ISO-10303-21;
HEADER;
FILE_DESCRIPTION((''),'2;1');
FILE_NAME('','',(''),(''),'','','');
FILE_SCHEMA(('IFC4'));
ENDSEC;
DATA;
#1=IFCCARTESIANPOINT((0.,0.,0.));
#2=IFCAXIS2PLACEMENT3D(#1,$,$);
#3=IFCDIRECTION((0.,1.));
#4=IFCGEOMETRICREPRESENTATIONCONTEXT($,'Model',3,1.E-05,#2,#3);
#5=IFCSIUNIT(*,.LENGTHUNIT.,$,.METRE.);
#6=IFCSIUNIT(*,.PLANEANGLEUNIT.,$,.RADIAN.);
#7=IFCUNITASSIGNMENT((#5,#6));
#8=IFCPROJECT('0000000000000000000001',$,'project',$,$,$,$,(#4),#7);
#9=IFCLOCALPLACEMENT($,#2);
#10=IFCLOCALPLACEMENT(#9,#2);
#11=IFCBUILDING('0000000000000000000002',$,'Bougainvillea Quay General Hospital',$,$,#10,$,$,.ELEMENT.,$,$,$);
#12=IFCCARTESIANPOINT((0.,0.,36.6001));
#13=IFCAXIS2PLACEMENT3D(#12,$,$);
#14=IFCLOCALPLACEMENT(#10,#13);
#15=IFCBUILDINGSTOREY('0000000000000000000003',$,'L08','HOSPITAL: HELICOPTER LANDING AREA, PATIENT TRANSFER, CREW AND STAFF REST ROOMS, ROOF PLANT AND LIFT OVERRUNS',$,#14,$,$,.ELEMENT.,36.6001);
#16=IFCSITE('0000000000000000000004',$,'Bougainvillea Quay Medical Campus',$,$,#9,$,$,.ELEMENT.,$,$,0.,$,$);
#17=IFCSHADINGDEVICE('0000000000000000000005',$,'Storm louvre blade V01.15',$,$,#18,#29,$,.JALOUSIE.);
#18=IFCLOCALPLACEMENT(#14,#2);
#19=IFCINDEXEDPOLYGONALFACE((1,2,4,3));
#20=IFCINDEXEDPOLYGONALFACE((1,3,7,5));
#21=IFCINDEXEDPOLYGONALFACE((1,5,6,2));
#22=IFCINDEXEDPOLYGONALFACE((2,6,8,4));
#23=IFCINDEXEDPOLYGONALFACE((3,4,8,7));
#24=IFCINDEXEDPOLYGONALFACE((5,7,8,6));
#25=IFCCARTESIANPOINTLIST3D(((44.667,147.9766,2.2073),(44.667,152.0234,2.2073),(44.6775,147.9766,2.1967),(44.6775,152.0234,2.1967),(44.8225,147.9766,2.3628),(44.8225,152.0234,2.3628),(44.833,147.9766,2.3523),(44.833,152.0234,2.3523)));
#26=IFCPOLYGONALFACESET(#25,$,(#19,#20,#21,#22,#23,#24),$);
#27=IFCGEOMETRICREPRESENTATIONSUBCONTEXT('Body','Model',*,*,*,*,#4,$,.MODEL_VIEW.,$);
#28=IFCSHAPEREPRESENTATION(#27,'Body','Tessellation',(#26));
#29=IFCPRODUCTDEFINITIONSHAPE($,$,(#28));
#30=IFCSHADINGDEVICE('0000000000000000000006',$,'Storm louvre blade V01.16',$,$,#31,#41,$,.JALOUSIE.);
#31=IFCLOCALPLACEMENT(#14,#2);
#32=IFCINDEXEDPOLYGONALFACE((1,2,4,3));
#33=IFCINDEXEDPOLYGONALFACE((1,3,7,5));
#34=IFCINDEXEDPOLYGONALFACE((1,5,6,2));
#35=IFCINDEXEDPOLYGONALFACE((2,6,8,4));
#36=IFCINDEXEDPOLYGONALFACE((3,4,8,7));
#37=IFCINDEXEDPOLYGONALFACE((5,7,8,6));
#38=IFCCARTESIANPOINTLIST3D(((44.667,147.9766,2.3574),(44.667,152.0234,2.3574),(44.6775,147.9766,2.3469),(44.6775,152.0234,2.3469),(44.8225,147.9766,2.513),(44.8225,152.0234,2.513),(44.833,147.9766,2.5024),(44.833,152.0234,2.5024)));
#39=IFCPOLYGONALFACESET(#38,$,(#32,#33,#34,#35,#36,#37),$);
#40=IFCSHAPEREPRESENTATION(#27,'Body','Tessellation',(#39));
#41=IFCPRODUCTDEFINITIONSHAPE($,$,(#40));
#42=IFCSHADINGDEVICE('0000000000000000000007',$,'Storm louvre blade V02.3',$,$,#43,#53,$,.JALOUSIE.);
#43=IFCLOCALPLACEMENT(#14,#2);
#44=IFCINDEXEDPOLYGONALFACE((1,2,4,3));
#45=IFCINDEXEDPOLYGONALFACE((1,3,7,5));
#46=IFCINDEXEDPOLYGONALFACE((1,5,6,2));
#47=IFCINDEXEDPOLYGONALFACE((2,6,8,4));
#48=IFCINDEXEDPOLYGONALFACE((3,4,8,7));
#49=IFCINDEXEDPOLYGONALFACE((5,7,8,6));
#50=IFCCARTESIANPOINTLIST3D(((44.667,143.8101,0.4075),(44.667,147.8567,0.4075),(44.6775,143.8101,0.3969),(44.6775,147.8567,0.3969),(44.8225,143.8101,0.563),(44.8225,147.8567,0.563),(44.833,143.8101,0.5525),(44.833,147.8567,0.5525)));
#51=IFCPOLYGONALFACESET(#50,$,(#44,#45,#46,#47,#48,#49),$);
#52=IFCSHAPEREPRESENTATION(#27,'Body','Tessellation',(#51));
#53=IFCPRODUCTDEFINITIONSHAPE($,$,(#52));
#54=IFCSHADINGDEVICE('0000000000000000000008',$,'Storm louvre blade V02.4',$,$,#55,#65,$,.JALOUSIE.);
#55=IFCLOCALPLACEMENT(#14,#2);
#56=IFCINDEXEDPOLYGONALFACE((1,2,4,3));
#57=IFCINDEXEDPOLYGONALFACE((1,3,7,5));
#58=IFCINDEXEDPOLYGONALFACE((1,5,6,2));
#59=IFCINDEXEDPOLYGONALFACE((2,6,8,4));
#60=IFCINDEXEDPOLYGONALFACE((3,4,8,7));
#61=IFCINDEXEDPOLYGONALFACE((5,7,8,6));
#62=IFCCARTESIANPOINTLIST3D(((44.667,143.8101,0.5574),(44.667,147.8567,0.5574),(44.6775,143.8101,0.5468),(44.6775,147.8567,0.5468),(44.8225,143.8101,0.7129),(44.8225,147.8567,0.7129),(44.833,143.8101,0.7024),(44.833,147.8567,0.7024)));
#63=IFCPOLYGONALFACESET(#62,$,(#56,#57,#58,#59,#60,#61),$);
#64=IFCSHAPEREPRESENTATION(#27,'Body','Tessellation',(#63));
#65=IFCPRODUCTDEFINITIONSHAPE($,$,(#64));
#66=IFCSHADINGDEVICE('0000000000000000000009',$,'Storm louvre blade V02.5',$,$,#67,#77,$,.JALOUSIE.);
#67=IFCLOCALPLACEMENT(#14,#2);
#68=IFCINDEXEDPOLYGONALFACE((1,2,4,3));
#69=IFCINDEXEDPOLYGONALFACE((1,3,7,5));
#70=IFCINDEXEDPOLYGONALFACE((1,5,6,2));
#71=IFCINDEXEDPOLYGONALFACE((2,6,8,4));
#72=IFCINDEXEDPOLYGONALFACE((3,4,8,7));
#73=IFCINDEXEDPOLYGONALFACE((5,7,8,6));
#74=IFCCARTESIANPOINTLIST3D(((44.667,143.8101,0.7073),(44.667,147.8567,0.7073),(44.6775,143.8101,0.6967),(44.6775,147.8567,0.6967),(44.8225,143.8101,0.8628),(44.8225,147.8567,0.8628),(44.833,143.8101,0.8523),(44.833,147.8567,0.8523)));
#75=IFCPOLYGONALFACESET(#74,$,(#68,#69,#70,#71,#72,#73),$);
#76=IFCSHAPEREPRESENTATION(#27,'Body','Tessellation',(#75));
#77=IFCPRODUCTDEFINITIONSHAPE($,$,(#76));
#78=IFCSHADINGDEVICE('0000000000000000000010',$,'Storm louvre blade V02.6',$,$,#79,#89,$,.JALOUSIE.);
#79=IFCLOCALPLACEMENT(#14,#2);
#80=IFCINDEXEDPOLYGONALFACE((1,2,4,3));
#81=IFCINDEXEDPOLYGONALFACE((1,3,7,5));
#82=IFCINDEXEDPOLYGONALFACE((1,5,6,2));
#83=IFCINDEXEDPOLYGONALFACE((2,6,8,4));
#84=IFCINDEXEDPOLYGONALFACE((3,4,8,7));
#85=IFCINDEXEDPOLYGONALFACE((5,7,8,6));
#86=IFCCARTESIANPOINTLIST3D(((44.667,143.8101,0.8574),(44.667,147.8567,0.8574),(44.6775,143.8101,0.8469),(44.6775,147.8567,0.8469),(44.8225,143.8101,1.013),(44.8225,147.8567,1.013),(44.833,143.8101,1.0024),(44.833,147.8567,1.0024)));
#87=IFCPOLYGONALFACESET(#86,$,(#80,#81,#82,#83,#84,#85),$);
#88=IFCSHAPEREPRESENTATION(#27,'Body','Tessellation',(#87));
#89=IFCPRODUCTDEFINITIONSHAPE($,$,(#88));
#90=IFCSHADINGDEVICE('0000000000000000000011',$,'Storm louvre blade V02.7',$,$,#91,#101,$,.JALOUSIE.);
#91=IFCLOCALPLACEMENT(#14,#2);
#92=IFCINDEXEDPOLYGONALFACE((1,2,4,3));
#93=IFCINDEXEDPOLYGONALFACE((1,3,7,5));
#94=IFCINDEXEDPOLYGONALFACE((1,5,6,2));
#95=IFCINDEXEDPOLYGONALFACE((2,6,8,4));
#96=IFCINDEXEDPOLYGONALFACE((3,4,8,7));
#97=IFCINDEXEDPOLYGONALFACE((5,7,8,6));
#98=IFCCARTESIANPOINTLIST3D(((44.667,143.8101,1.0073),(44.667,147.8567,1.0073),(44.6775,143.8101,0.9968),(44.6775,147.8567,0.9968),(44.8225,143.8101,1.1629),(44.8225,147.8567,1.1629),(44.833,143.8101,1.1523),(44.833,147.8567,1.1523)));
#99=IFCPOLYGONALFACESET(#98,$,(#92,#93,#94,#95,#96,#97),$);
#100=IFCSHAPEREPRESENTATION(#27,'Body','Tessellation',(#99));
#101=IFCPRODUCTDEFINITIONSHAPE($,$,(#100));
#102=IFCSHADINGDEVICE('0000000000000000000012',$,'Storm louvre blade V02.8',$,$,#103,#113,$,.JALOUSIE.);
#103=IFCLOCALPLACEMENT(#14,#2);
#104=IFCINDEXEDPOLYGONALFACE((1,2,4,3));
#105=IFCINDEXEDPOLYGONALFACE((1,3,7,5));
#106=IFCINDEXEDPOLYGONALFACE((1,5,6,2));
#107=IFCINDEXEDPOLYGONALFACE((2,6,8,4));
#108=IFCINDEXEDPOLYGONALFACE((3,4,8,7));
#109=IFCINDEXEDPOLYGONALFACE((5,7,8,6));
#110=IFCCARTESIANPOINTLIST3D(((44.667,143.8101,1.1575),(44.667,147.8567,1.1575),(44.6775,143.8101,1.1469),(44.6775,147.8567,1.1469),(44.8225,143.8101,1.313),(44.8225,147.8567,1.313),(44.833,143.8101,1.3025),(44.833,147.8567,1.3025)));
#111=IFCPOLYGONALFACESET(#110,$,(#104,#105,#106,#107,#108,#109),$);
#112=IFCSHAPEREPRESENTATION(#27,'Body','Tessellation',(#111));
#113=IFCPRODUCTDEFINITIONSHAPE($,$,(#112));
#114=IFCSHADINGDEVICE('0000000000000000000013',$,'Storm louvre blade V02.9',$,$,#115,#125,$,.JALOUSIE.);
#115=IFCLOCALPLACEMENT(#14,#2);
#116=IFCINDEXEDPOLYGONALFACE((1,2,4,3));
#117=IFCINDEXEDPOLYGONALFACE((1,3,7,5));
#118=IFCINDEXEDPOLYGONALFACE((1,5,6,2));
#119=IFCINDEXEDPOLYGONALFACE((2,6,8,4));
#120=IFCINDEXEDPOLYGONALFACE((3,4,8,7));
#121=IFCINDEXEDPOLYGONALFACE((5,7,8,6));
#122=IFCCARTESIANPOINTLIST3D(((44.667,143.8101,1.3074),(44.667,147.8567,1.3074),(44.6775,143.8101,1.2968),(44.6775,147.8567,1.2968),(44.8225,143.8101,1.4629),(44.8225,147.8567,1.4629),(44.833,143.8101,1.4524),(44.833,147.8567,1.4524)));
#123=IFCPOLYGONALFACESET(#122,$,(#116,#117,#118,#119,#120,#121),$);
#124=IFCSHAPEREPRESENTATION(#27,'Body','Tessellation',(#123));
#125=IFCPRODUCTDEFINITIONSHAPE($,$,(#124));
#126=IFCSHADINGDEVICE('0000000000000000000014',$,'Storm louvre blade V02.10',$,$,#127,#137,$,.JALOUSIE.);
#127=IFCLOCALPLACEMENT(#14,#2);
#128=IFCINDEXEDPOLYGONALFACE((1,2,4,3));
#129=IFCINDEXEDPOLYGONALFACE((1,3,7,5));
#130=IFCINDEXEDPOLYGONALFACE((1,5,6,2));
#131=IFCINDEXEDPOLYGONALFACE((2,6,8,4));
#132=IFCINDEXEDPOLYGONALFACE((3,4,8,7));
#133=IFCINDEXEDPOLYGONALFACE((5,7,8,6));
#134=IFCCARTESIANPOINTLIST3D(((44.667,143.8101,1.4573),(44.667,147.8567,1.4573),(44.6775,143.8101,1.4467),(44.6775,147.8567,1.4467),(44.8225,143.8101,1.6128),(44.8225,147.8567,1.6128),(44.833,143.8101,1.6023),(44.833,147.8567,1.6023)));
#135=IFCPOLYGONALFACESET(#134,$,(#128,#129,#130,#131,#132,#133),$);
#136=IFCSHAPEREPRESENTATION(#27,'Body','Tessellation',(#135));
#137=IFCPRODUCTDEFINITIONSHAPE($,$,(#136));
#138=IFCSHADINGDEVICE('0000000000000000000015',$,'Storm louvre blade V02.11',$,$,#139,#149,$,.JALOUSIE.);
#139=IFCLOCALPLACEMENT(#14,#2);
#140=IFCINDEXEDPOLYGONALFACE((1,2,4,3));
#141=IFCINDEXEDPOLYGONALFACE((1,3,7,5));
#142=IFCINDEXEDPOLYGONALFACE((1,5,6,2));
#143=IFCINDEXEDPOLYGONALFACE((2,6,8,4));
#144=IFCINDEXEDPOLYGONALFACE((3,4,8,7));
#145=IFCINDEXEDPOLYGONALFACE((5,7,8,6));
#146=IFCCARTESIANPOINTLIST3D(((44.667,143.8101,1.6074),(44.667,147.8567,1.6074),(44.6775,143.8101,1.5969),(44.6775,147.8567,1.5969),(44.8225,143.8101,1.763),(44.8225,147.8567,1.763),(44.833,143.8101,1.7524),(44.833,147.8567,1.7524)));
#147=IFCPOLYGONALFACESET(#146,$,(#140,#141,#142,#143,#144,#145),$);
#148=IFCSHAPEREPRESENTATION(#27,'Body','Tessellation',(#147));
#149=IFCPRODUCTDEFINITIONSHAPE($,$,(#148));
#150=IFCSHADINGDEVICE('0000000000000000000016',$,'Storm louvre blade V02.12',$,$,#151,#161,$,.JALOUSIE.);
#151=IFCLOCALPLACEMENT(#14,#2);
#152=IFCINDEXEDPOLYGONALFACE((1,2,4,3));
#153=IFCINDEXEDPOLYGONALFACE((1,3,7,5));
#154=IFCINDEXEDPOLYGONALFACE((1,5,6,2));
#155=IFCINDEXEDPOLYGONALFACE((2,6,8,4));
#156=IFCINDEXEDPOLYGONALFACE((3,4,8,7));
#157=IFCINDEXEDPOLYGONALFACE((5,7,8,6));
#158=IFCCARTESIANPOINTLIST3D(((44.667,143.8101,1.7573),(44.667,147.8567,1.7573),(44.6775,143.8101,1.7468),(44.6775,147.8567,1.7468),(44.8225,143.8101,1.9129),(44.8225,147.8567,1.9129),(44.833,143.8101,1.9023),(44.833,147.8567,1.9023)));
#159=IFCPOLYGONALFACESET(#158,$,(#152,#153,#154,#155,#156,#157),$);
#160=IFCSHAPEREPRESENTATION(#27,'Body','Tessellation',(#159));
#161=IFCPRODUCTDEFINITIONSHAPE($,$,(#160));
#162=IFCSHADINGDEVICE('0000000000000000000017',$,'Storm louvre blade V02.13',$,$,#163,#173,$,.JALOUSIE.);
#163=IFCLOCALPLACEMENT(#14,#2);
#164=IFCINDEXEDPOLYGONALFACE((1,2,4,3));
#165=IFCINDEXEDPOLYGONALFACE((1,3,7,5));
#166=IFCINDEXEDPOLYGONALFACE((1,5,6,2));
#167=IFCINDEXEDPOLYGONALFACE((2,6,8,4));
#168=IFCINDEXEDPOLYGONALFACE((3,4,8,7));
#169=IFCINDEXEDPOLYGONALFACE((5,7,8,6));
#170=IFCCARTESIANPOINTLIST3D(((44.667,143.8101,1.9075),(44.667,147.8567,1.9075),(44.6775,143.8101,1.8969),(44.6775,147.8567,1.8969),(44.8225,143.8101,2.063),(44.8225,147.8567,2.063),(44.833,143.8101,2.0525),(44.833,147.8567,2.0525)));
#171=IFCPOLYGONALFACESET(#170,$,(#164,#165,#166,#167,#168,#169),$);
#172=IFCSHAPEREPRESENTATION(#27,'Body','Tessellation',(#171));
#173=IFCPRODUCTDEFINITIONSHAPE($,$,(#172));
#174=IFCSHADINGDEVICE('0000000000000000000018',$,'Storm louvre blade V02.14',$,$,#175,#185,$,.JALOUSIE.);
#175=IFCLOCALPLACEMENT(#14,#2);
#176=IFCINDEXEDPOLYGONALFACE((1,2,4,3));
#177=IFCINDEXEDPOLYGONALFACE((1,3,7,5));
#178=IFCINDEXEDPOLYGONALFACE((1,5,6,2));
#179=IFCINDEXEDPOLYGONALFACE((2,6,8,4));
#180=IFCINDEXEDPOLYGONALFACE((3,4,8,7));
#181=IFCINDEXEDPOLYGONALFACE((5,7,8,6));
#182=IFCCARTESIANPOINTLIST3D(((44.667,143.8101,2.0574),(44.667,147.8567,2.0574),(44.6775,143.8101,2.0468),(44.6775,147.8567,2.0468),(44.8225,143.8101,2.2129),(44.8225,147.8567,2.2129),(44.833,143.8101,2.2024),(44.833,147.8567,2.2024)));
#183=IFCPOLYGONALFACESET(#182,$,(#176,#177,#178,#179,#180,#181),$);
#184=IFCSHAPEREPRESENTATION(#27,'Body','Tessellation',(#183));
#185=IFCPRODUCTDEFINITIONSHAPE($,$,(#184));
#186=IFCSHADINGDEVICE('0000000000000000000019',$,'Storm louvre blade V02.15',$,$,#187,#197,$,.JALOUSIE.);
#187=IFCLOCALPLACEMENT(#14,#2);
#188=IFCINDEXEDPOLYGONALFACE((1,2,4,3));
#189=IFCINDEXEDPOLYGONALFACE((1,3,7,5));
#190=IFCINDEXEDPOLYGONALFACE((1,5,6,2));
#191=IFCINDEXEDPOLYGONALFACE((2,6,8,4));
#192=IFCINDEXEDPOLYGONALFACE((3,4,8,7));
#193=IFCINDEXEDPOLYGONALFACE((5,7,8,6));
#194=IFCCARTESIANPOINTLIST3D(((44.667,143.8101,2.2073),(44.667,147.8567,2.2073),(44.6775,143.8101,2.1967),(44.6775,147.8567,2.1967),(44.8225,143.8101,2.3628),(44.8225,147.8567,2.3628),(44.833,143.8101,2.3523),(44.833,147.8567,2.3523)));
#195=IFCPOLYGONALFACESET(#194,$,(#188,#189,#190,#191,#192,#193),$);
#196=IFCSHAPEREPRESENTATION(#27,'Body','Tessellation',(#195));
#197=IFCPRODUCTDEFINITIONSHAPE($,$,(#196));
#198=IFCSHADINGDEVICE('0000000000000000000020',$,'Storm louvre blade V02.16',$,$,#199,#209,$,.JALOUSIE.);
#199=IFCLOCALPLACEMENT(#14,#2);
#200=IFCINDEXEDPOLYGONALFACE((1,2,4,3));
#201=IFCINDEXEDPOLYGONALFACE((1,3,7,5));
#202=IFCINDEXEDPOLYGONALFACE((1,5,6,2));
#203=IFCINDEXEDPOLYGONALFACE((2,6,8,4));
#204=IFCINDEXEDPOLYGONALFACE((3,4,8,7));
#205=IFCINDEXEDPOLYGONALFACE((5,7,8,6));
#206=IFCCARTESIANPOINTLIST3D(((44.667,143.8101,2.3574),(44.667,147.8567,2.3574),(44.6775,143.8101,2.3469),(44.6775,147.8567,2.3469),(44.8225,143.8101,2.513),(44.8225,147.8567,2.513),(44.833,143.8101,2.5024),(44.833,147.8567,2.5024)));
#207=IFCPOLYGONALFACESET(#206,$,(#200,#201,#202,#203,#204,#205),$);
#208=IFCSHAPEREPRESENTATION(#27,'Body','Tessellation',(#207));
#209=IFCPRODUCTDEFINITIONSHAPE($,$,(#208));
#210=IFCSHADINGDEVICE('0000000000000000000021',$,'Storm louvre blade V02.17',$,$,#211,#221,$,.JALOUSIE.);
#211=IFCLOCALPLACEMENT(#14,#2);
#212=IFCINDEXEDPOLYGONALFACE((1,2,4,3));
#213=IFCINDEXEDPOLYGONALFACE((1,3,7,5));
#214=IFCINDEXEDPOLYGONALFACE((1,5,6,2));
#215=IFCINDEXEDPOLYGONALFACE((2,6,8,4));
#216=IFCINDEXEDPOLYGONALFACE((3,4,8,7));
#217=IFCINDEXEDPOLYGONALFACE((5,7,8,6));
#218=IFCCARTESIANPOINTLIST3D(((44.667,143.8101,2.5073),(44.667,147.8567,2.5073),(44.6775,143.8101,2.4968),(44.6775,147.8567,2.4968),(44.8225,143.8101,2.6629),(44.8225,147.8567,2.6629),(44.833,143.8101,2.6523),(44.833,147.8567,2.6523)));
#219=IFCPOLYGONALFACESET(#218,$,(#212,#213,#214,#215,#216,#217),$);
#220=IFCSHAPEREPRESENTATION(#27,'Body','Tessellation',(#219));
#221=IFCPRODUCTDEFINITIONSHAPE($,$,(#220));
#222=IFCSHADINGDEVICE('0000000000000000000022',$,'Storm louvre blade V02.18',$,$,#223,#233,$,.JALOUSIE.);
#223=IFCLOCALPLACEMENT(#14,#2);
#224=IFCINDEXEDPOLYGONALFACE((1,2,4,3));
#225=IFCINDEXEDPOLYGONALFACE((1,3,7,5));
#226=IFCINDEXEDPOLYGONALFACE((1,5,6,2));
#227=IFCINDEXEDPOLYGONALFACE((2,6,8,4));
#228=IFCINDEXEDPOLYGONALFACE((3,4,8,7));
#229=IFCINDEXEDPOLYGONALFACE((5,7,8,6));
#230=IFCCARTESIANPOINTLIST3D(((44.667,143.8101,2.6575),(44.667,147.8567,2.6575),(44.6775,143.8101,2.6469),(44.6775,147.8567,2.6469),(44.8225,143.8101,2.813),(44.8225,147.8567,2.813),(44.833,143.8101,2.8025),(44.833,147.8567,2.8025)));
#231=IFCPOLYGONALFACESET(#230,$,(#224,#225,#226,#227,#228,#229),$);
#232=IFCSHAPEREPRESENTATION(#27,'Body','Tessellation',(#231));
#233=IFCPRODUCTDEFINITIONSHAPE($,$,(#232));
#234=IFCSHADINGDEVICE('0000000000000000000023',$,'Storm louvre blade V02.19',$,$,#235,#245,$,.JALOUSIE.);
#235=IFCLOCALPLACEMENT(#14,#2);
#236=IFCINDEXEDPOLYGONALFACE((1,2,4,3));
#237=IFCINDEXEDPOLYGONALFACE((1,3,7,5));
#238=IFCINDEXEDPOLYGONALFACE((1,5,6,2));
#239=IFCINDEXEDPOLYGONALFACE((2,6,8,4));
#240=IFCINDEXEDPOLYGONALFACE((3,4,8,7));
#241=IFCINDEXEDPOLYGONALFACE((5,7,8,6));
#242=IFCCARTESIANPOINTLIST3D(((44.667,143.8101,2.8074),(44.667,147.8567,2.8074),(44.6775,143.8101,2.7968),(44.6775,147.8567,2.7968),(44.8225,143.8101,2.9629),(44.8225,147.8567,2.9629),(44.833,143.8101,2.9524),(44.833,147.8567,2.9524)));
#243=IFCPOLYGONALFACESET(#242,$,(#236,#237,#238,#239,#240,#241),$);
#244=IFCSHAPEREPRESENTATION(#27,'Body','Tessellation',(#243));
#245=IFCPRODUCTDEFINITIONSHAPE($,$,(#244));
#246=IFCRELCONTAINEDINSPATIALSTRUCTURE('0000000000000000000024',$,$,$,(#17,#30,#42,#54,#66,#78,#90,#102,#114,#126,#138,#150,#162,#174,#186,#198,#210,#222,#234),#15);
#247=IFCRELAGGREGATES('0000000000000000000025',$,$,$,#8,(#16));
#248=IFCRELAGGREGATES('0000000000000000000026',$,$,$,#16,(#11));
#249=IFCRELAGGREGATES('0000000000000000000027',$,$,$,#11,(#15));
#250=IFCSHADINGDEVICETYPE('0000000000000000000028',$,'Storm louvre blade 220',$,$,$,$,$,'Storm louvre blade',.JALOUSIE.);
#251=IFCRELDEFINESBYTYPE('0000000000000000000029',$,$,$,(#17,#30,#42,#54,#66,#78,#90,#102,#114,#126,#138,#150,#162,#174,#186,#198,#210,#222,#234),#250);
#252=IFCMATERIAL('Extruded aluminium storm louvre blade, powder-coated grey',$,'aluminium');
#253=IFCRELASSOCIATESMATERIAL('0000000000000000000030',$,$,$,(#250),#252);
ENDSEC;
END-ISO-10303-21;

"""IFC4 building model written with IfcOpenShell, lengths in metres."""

from ifc_helpers import new_model, si_unit, direction, frame, origin, origin_2d, place, context, subcontext, project, spatial, rectangle, extrude, material, material_profile, profile_set, type_object, element, save


model = new_model("IFC4")

# Units and contexts
model_context = context("Model", 3, precision=1e-05, world=origin(), true_north=direction((0.0, 1.0)))
body_context = subcontext(model_context, "Body", "Model", "MODEL_VIEW")
ifc_project = project(units=[si_unit("LENGTHUNIT", "METRE"), si_unit("PLANEANGLEUNIT", "RADIAN")], contexts=[model_context])

# Site, building, storey
site_placement = place(None, origin())
site = spatial("IfcSite", under=ifc_project, at=site_placement, Name="Bougainvillea Quay Medical Campus", CompositionType="ELEMENT", RefElevation=0.0)
building_placement = place(site_placement, origin())
building = spatial("IfcBuilding", under=site, at=building_placement, Name="Bougainvillea Quay General Hospital", CompositionType="ELEMENT")
storey_placement = place(building_placement, frame((0.0, 0.0, 36.6001)))
storey = spatial("IfcBuildingStorey", under=building, at=storey_placement, Name="L08", Description="HOSPITAL: HELICOPTER LANDING AREA, PATIENT TRANSFER, CREW AND STAFF REST ROOMS, ROOF PLANT AND LIFT OVERRUNS", CompositionType="ELEMENT", Elevation=36.6001)

# Shading devices
ifc_material_1 = material(Name="Extruded aluminium storm louvre blade, powder-coated grey", Category="aluminium")
ifc_material_profile_1 = material_profile(ifc_material_1, rectangle(XDim=0.22, YDim=0.0149, at=origin_2d()))
ifc_profile_set_1 = profile_set([ifc_material_profile_1], Name="Extruded aluminium storm louvre blade, powder-coated grey")
shading_device_type_1 = type_object("IfcShadingDeviceType", Name="Storm louvre blade 220", ElementType="Storm louvre blade", PredefinedType="JALOUSIE", material=ifc_profile_set_1)
for number, where, z_axis, x_axis, name in (
    (1, (44.75, 152.0234, 2.2798), (0.0, -1.0, 0.0), (0.707107, 0.0, 0.707107), "Storm louvre blade V01.15"),
    (2, (44.75, 152.0234, 2.4299), (0.0, -1.0, 0.0), (0.707107, 0.0, 0.707107), "Storm louvre blade V01.16"),
):
    element("IfcShadingDevice", number, at=place(storey_placement, frame(where, z_axis=z_axis, x_axis=x_axis)), inside=storey, type_object=shading_device_type_1, Name=name, PredefinedType="JALOUSIE", context=body_context, shape_type="SweptSolid", body=[
        extrude(rectangle(XDim=0.22, YDim=0.0149, at=origin_2d()), origin(), (0.0, 0.0, 1.0), 4.0469),
    ])
for number, where, z_axis, x_axis, name in (
    (3, (44.75, 147.8567, 0.48), (0.0, -1.0, 0.0), (0.707107, 0.0, 0.707107), "Storm louvre blade V02.3"),
    (4, (44.75, 147.8567, 0.6299), (0.0, -1.0, 0.0), (0.707107, 0.0, 0.707107), "Storm louvre blade V02.4"),
    (5, (44.75, 147.8567, 0.7798), (0.0, -1.0, 0.0), (0.707107, 0.0, 0.707107), "Storm louvre blade V02.5"),
    (6, (44.75, 147.8567, 0.9299), (0.0, -1.0, 0.0), (0.707107, 0.0, 0.707107), "Storm louvre blade V02.6"),
    (7, (44.75, 147.8567, 1.0798), (0.0, -1.0, 0.0), (0.707107, 0.0, 0.707107), "Storm louvre blade V02.7"),
    (8, (44.75, 147.8567, 1.23), (0.0, -1.0, 0.0), (0.707107, 0.0, 0.707107), "Storm louvre blade V02.8"),
    (9, (44.75, 147.8567, 1.3799), (0.0, -1.0, 0.0), (0.707107, 0.0, 0.707107), "Storm louvre blade V02.9"),
    (10, (44.75, 147.8567, 1.5298), (0.0, -1.0, 0.0), (0.707107, 0.0, 0.707107), "Storm louvre blade V02.10"),
    (11, (44.75, 147.8567, 1.6799), (0.0, -1.0, 0.0), (0.707107, 0.0, 0.707107), "Storm louvre blade V02.11"),
    (12, (44.75, 147.8567, 1.8298), (0.0, -1.0, 0.0), (0.707107, 0.0, 0.707107), "Storm louvre blade V02.12"),
    (13, (44.75, 147.8567, 1.98), (0.0, -1.0, 0.0), (0.707107, 0.0, 0.707107), "Storm louvre blade V02.13"),
    (14, (44.75, 147.8567, 2.1299), (0.0, -1.0, 0.0), (0.707107, 0.0, 0.707107), "Storm louvre blade V02.14"),
    (15, (44.75, 147.8567, 2.2798), (0.0, -1.0, 0.0), (0.707107, 0.0, 0.707107), "Storm louvre blade V02.15"),
    (16, (44.75, 147.8567, 2.4299), (0.0, -1.0, 0.0), (0.707107, 0.0, 0.707107), "Storm louvre blade V02.16"),
    (17, (44.75, 147.8567, 2.5798), (0.0, -1.0, 0.0), (0.707107, 0.0, 0.707107), "Storm louvre blade V02.17"),
    (18, (44.75, 147.8567, 2.73), (0.0, -1.0, 0.0), (0.707107, 0.0, 0.707107), "Storm louvre blade V02.18"),
    (19, (44.75, 147.8567, 2.8799), (0.0, -1.0, 0.0), (0.707107, 0.0, 0.707107), "Storm louvre blade V02.19"),
):
    element("IfcShadingDevice", number, at=place(storey_placement, frame(where, z_axis=z_axis, x_axis=x_axis)), inside=storey, type_object=shading_device_type_1, Name=name, PredefinedType="JALOUSIE", context=body_context, shape_type="SweptSolid", body=[
        extrude(rectangle(XDim=0.22, YDim=0.0149, at=origin_2d()), origin(), (0.0, 0.0, 1.0), 4.0466),
    ])

save(model, "model.ifc")
